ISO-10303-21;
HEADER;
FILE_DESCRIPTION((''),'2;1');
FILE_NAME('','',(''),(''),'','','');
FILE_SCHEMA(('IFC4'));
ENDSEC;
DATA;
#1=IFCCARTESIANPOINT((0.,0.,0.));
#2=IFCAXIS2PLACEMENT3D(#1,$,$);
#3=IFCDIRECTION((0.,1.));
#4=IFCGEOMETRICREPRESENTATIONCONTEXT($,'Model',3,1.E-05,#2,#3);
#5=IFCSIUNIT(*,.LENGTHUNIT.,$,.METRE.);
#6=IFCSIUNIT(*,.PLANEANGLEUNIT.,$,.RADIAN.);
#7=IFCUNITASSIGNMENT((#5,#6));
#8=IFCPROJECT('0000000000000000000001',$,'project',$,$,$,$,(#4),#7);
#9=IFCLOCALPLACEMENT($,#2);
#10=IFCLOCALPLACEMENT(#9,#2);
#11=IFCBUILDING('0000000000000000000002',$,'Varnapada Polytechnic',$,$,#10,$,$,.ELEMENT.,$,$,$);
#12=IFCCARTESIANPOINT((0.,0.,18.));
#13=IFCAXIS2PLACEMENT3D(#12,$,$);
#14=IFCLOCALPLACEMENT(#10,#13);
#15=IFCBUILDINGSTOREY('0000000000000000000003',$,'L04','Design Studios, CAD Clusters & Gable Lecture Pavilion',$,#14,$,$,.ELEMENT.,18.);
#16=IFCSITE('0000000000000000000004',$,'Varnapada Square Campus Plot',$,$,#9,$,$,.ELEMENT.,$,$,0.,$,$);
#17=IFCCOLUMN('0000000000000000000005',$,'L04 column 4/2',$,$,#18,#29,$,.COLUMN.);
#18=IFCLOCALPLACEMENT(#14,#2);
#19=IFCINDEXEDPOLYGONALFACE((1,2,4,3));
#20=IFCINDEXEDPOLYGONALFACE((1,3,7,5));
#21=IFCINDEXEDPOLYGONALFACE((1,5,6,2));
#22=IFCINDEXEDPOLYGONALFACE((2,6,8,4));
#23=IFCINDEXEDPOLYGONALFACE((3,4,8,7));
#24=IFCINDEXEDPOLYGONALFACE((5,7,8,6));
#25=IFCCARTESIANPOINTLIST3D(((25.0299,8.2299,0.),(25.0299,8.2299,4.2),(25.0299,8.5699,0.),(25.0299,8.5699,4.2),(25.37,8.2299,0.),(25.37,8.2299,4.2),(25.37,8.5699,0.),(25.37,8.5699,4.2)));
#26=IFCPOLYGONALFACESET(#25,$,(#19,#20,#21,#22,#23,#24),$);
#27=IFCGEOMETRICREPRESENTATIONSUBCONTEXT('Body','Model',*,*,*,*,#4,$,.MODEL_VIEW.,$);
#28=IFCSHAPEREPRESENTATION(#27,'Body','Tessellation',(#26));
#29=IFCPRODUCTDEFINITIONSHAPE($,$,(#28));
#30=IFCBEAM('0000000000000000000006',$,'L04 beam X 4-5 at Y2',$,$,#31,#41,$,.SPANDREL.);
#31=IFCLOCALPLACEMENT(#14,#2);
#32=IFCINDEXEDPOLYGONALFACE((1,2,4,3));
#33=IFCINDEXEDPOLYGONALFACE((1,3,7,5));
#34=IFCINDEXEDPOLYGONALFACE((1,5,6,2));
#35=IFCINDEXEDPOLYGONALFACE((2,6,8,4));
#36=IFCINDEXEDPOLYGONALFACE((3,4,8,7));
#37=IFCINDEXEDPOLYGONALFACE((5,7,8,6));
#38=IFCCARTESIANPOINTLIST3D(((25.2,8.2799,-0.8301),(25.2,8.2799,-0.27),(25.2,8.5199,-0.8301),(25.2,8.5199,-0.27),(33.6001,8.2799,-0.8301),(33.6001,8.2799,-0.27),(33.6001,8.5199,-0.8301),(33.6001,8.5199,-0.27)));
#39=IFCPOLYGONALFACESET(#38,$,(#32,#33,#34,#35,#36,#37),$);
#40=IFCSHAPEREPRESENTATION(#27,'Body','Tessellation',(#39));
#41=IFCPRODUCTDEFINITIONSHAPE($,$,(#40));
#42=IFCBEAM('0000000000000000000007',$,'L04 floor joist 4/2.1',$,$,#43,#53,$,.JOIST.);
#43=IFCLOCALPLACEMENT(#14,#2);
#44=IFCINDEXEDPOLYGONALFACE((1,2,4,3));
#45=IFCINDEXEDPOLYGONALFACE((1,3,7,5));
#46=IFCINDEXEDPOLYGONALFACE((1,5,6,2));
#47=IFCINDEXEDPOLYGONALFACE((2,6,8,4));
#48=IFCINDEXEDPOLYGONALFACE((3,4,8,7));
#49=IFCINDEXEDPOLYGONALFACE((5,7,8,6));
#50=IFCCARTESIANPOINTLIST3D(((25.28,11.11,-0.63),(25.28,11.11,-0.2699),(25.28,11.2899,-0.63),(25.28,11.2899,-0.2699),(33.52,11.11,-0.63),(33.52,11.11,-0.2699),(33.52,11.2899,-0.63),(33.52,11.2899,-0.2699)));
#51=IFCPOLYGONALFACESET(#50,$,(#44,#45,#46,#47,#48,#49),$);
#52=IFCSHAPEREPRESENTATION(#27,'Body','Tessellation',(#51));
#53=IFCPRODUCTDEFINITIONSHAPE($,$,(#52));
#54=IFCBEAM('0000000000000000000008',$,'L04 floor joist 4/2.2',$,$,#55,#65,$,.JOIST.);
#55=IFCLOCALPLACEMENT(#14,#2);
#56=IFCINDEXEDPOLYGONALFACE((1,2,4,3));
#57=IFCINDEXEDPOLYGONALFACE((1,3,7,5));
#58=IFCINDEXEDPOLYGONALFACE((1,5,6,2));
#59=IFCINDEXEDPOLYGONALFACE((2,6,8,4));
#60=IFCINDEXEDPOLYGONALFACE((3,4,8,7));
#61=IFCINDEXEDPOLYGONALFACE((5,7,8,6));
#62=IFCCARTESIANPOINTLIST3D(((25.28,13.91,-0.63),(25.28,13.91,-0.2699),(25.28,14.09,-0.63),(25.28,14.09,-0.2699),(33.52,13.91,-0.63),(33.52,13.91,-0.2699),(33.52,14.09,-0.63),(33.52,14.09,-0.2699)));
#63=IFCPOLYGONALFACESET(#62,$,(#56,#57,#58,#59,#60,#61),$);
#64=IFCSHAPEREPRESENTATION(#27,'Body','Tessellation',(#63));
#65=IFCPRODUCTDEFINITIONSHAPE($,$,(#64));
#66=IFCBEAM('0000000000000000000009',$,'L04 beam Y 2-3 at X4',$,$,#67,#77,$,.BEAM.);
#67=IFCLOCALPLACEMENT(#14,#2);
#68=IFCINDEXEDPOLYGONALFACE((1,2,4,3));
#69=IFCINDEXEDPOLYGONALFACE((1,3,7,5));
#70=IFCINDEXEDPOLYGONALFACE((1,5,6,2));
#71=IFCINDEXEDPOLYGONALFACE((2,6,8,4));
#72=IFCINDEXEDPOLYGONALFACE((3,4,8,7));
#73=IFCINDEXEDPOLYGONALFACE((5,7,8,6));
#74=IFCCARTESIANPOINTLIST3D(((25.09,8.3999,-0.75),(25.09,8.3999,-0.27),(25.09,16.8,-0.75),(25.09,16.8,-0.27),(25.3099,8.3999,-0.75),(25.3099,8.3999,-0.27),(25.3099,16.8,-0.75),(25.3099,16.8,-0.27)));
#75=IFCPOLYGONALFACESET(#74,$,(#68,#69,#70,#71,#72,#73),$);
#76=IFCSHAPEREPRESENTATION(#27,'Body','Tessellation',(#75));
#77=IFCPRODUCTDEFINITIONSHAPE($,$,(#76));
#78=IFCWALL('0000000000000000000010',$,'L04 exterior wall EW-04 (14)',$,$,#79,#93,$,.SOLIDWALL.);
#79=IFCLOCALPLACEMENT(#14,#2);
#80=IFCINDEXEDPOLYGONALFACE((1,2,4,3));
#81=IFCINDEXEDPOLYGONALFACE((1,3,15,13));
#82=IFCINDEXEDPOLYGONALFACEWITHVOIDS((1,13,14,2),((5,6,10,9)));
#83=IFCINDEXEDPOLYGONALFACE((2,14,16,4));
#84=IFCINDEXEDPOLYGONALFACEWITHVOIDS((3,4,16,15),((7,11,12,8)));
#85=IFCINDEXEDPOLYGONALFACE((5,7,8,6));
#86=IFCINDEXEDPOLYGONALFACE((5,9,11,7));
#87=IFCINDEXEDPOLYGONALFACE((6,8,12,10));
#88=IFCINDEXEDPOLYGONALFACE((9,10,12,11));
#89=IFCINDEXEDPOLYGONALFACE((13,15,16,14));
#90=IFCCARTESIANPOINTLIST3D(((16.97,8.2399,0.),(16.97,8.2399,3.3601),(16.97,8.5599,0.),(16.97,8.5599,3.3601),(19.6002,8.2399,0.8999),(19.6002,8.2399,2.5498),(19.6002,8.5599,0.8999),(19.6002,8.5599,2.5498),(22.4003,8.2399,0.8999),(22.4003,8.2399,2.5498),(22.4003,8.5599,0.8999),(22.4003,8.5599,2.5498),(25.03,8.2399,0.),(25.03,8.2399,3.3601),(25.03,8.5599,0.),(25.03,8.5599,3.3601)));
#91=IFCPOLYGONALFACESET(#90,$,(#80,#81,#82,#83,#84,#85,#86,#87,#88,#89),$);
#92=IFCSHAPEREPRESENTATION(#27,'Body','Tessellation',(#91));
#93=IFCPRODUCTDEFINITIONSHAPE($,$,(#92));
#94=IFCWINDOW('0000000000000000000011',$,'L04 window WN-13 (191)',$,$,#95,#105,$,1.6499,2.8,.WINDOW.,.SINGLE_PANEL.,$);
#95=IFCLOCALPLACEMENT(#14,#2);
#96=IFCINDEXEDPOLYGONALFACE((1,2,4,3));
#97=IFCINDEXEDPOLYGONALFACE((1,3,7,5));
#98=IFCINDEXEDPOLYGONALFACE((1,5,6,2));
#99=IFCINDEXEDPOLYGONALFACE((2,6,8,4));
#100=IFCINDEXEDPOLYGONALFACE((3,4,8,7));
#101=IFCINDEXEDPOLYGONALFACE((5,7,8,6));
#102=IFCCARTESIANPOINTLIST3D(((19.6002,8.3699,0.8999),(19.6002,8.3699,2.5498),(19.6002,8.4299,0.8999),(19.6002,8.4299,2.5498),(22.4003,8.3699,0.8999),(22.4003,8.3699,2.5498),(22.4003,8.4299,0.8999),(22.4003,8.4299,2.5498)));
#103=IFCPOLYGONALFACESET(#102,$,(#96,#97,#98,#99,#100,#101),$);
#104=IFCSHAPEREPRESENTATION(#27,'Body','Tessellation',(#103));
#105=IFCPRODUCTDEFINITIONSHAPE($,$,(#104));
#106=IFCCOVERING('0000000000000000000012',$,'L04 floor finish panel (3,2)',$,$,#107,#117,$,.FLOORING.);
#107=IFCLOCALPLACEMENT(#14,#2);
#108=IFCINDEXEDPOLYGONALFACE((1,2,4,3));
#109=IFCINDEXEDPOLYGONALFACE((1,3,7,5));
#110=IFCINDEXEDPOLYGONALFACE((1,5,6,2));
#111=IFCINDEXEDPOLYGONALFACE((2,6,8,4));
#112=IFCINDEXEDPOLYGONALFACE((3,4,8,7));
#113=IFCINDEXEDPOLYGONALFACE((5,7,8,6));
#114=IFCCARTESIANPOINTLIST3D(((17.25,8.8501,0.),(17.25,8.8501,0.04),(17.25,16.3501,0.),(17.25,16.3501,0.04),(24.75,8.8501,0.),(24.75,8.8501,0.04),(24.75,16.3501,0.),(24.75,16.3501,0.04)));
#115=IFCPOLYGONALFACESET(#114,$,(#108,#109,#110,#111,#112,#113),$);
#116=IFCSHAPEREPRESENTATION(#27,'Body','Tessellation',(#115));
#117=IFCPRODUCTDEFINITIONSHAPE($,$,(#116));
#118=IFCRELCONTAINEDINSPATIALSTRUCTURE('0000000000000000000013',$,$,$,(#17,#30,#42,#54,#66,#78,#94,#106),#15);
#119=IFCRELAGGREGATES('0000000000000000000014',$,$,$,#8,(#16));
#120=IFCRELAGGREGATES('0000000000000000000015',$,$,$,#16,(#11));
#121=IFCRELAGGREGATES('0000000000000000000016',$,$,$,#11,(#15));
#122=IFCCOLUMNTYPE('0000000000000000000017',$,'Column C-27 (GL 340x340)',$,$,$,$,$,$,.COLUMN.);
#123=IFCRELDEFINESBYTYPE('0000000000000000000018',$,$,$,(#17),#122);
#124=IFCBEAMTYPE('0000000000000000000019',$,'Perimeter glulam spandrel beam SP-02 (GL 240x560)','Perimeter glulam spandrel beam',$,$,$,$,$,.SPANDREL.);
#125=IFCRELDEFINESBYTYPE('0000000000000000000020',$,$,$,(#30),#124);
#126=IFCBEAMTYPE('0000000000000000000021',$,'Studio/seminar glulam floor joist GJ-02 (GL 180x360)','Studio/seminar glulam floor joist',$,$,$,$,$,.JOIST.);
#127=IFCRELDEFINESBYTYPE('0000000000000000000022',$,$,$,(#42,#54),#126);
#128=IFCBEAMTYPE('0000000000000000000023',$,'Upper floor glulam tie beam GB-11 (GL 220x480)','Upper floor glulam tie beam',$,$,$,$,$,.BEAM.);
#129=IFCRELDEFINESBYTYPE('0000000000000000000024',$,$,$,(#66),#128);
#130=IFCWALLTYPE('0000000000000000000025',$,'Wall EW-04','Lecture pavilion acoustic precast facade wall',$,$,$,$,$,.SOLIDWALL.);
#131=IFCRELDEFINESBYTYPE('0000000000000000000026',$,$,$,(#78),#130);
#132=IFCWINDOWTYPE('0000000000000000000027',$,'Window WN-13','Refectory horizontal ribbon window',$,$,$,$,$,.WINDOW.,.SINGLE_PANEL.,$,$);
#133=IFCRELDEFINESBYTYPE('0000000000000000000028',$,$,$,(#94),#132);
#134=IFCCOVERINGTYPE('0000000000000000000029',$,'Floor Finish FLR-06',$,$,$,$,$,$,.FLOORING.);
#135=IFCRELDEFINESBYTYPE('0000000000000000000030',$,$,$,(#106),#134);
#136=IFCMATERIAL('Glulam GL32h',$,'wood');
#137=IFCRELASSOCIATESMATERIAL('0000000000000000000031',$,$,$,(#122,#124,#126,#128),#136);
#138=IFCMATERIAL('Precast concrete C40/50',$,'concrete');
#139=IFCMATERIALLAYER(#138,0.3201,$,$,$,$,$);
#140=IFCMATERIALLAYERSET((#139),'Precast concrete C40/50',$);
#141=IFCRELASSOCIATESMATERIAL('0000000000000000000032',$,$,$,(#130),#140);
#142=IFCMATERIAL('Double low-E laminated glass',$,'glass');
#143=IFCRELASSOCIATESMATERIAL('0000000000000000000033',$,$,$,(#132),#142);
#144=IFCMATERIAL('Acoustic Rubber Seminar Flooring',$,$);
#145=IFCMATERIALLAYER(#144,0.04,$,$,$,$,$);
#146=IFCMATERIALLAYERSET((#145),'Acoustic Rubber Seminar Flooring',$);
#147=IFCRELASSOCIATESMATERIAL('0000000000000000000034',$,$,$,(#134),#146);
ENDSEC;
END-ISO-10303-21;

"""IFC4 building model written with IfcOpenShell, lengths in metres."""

from ifc_helpers import new_model, si_unit, direction, frame, frame_2d, origin, origin_2d, place, context, subcontext, project, spatial, rectangle, extrude, material, layer, layer_set, material_profile, profile_set, type_object, element, fill, save


model = new_model("IFC4")

# Units and contexts
model_context = context("Model", 3, precision=1e-05, world=origin(), true_north=direction((0.0, 1.0)))
body_context = subcontext(model_context, "Body", "Model", "MODEL_VIEW")
ifc_project = project(units=[si_unit("LENGTHUNIT", "METRE"), si_unit("PLANEANGLEUNIT", "RADIAN")], contexts=[model_context])

# Site, building, storey
site_placement = place(None, origin())
site = spatial("IfcSite", under=ifc_project, at=site_placement, Name="Varnapada Square Campus Plot", CompositionType="ELEMENT", RefElevation=0.0)
building_placement = place(site_placement, origin())
building = spatial("IfcBuilding", under=site, at=building_placement, Name="Varnapada Polytechnic", CompositionType="ELEMENT")
storey_placement = place(building_placement, frame((0.0, 0.0, 18.0)))
storey = spatial("IfcBuildingStorey", under=building, at=storey_placement, Name="L04", Description="Design Studios, CAD Clusters & Gable Lecture Pavilion", CompositionType="ELEMENT", Elevation=18.0)

# Column
ifc_material_1 = material(Name="Glulam GL32h", Category="wood")
ifc_material_profile_1 = material_profile(ifc_material_1, rectangle(XDim=0.3401, YDim=0.3401, at=origin_2d()), Name="GL 340x340")
ifc_profile_set_1 = profile_set([ifc_material_profile_1], Name="Glulam GL32h")
column_type = type_object("IfcColumnType", Name="Column C-27 (GL 340x340)", PredefinedType="COLUMN", material=ifc_profile_set_1)
column_placement = place(storey_placement, frame((25.2, 8.3999, 0.0), z_axis=(0.0, 0.0, 1.0), x_axis=(1.0, 0.0, 0.0)))
element("IfcColumn", 1, at=column_placement, inside=storey, type_object=column_type, Name="L04 column 4/2", PredefinedType="COLUMN", context=body_context, shape_type="SweptSolid", body=[
    extrude(rectangle(XDim=0.3401, YDim=0.3401, at=origin_2d()), origin(), (0.0, 0.0, 1.0), 4.2),
])

# Beams
ifc_material_profile_2 = material_profile(ifc_material_1, rectangle(XDim=0.24, YDim=0.5601, at=origin_2d()), Name="GL 240x560")
ifc_profile_set_2 = profile_set([ifc_material_profile_2], Name="Glulam GL32h")
beam_type_1 = type_object("IfcBeamType", Name="Perimeter glulam spandrel beam SP-02 (GL 240x560)", Description="Perimeter glulam spandrel beam", PredefinedType="SPANDREL", material=ifc_profile_set_2)
beam_1_placement = place(storey_placement, frame((25.2, 8.3999, -0.55), z_axis=(1.0, 0.0, 0.0), x_axis=(0.0, 1.0, 0.0)))
element("IfcBeam", 2, at=beam_1_placement, inside=storey, type_object=beam_type_1, Name="L04 beam X 4-5 at Y2", PredefinedType="SPANDREL", context=body_context, shape_type="SweptSolid", body=[
    extrude(rectangle(XDim=0.24, YDim=0.5601, at=origin_2d()), origin(), (0.0, 0.0, 1.0), 8.4001),
])
ifc_material_profile_3 = material_profile(ifc_material_1, rectangle(XDim=0.1799, YDim=0.3601, at=origin_2d()), Name="GL 180x360")
ifc_profile_set_3 = profile_set([ifc_material_profile_3], Name="Glulam GL32h")
beam_type_2 = type_object("IfcBeamType", Name="Studio/seminar glulam floor joist GJ-02 (GL 180x360)", Description="Studio/seminar glulam floor joist", PredefinedType="JOIST", material=ifc_profile_set_3)
for number, where, z_axis, x_axis, name in (
    (3, (25.28, 11.2, -0.45), (1.0, 0.0, 0.0), (0.0, 1.0, 0.0), "L04 floor joist 4/2.1"),
    (4, (25.28, 14.0, -0.45), (1.0, 0.0, 0.0), (0.0, 1.0, 0.0), "L04 floor joist 4/2.2"),
):
    element("IfcBeam", number, at=place(storey_placement, frame(where, z_axis=z_axis, x_axis=x_axis)), inside=storey, type_object=beam_type_2, Name=name, PredefinedType="JOIST", context=body_context, shape_type="SweptSolid", body=[
        extrude(rectangle(XDim=0.1799, YDim=0.3601, at=origin_2d()), origin(), (0.0, 0.0, 1.0), 8.24),
    ])
ifc_material_profile_4 = material_profile(ifc_material_1, rectangle(XDim=0.22, YDim=0.48, at=origin_2d()), Name="GL 220x480")
ifc_profile_set_4 = profile_set([ifc_material_profile_4], Name="Glulam GL32h")
beam_type_3 = type_object("IfcBeamType", Name="Upper floor glulam tie beam GB-11 (GL 220x480)", Description="Upper floor glulam tie beam", PredefinedType="BEAM", material=ifc_profile_set_4)
beam_2_placement = place(storey_placement, frame((25.2, 8.3999, -0.51), z_axis=(0.0, 1.0, 0.0), x_axis=(-1.0, 0.0, 0.0)))
element("IfcBeam", 5, at=beam_2_placement, inside=storey, type_object=beam_type_3, Name="L04 beam Y 2-3 at X4", PredefinedType="BEAM", context=body_context, shape_type="SweptSolid", body=[
    extrude(rectangle(XDim=0.22, YDim=0.48, at=origin_2d()), origin(), (0.0, 0.0, 1.0), 8.4001),
])

# Wall, opening, window
ifc_material_2 = material(Name="Precast concrete C40/50", Category="concrete")
ifc_layer_1 = layer(ifc_material_2, 0.3201)
ifc_layer_set_1 = layer_set([ifc_layer_1], Name="Precast concrete C40/50")
wall_type = type_object("IfcWallType", Name="Wall EW-04", Description="Lecture pavilion acoustic precast facade wall", PredefinedType="SOLIDWALL", material=ifc_layer_set_1)
wall_placement = place(storey_placement, frame((25.03, 8.3999, 0.0), z_axis=(0.0, 0.0, 1.0), x_axis=(-1.0, 0.0, 0.0)))
wall = element("IfcWall", 6, at=wall_placement, inside=storey, type_object=wall_type, Name="L04 exterior wall EW-04 (14)", PredefinedType="SOLIDWALL", context=body_context, shape_type="SweptSolid", body=[
    extrude(rectangle(XDim=8.0601, YDim=0.3201, at=frame_2d((4.03, 0.0))), origin(), (0.0, 0.0, 1.0), 3.3601),
])
opening_1_placement = place(wall_placement, frame((2.6299, 0.0, 0.8999)))
opening_1 = element("IfcOpeningElement", 7, at=opening_1_placement, cuts=wall, PredefinedType="OPENING", context=body_context, shape_type="SweptSolid", body=[
    extrude(rectangle(XDim=2.8, YDim=1.6499, at=frame_2d((1.3999, 0.825))), frame((0.0, 0.1699, 0.0), z_axis=(0.0, -1.0, 0.0), x_axis=(1.0, 0.0, 0.0)), (0.0, 0.0, 1.0), 0.3401),
])
ifc_material_3 = material(Name="Double low-E laminated glass", Category="glass")
window_type = type_object("IfcWindowType", Name="Window WN-13", Description="Refectory horizontal ribbon window", PartitioningType="SINGLE_PANEL", PredefinedType="WINDOW", material=ifc_material_3)
window_placement = place(opening_1_placement, origin())
window = element("IfcWindow", 8, at=window_placement, inside=storey, type_object=window_type, Name="L04 window WN-13 (191)", OverallHeight=1.6499, OverallWidth=2.8, PartitioningType="SINGLE_PANEL", PredefinedType="WINDOW", context=body_context, shape_type="SweptSolid", body=[
    extrude(rectangle(XDim=2.8, YDim=1.6499, at=frame_2d((1.3999, 0.825))), frame((0.0, 0.03, 0.0), z_axis=(0.0, -1.0, 0.0), x_axis=(1.0, 0.0, 0.0)), (0.0, 0.0, 1.0), 0.0601),
])
fill(opening_1, window)

# Covering
ifc_material_4 = material(Name="Acoustic Rubber Seminar Flooring")
ifc_layer_2 = layer(ifc_material_4, 0.04)
ifc_layer_set_2 = layer_set([ifc_layer_2], Name="Acoustic Rubber Seminar Flooring")
covering_type_1 = type_object("IfcCoveringType", Name="Floor Finish FLR-06", PredefinedType="FLOORING", material=ifc_layer_set_2)
covering_1_placement = place(storey_placement, frame((21.0, 12.6001, 0.0), z_axis=(0.0, 0.0, 1.0), x_axis=(1.0, 0.0, 0.0)))
element("IfcCovering", 9, at=covering_1_placement, inside=storey, type_object=covering_type_1, Name="L04 floor finish panel (3,2)", PredefinedType="FLOORING", context=body_context, shape_type="SweptSolid", body=[
    extrude(rectangle(XDim=7.5, YDim=7.5, at=origin_2d()), origin(), (0.0, 0.0, 1.0), 0.04),
])

save(model, "model.ifc")
